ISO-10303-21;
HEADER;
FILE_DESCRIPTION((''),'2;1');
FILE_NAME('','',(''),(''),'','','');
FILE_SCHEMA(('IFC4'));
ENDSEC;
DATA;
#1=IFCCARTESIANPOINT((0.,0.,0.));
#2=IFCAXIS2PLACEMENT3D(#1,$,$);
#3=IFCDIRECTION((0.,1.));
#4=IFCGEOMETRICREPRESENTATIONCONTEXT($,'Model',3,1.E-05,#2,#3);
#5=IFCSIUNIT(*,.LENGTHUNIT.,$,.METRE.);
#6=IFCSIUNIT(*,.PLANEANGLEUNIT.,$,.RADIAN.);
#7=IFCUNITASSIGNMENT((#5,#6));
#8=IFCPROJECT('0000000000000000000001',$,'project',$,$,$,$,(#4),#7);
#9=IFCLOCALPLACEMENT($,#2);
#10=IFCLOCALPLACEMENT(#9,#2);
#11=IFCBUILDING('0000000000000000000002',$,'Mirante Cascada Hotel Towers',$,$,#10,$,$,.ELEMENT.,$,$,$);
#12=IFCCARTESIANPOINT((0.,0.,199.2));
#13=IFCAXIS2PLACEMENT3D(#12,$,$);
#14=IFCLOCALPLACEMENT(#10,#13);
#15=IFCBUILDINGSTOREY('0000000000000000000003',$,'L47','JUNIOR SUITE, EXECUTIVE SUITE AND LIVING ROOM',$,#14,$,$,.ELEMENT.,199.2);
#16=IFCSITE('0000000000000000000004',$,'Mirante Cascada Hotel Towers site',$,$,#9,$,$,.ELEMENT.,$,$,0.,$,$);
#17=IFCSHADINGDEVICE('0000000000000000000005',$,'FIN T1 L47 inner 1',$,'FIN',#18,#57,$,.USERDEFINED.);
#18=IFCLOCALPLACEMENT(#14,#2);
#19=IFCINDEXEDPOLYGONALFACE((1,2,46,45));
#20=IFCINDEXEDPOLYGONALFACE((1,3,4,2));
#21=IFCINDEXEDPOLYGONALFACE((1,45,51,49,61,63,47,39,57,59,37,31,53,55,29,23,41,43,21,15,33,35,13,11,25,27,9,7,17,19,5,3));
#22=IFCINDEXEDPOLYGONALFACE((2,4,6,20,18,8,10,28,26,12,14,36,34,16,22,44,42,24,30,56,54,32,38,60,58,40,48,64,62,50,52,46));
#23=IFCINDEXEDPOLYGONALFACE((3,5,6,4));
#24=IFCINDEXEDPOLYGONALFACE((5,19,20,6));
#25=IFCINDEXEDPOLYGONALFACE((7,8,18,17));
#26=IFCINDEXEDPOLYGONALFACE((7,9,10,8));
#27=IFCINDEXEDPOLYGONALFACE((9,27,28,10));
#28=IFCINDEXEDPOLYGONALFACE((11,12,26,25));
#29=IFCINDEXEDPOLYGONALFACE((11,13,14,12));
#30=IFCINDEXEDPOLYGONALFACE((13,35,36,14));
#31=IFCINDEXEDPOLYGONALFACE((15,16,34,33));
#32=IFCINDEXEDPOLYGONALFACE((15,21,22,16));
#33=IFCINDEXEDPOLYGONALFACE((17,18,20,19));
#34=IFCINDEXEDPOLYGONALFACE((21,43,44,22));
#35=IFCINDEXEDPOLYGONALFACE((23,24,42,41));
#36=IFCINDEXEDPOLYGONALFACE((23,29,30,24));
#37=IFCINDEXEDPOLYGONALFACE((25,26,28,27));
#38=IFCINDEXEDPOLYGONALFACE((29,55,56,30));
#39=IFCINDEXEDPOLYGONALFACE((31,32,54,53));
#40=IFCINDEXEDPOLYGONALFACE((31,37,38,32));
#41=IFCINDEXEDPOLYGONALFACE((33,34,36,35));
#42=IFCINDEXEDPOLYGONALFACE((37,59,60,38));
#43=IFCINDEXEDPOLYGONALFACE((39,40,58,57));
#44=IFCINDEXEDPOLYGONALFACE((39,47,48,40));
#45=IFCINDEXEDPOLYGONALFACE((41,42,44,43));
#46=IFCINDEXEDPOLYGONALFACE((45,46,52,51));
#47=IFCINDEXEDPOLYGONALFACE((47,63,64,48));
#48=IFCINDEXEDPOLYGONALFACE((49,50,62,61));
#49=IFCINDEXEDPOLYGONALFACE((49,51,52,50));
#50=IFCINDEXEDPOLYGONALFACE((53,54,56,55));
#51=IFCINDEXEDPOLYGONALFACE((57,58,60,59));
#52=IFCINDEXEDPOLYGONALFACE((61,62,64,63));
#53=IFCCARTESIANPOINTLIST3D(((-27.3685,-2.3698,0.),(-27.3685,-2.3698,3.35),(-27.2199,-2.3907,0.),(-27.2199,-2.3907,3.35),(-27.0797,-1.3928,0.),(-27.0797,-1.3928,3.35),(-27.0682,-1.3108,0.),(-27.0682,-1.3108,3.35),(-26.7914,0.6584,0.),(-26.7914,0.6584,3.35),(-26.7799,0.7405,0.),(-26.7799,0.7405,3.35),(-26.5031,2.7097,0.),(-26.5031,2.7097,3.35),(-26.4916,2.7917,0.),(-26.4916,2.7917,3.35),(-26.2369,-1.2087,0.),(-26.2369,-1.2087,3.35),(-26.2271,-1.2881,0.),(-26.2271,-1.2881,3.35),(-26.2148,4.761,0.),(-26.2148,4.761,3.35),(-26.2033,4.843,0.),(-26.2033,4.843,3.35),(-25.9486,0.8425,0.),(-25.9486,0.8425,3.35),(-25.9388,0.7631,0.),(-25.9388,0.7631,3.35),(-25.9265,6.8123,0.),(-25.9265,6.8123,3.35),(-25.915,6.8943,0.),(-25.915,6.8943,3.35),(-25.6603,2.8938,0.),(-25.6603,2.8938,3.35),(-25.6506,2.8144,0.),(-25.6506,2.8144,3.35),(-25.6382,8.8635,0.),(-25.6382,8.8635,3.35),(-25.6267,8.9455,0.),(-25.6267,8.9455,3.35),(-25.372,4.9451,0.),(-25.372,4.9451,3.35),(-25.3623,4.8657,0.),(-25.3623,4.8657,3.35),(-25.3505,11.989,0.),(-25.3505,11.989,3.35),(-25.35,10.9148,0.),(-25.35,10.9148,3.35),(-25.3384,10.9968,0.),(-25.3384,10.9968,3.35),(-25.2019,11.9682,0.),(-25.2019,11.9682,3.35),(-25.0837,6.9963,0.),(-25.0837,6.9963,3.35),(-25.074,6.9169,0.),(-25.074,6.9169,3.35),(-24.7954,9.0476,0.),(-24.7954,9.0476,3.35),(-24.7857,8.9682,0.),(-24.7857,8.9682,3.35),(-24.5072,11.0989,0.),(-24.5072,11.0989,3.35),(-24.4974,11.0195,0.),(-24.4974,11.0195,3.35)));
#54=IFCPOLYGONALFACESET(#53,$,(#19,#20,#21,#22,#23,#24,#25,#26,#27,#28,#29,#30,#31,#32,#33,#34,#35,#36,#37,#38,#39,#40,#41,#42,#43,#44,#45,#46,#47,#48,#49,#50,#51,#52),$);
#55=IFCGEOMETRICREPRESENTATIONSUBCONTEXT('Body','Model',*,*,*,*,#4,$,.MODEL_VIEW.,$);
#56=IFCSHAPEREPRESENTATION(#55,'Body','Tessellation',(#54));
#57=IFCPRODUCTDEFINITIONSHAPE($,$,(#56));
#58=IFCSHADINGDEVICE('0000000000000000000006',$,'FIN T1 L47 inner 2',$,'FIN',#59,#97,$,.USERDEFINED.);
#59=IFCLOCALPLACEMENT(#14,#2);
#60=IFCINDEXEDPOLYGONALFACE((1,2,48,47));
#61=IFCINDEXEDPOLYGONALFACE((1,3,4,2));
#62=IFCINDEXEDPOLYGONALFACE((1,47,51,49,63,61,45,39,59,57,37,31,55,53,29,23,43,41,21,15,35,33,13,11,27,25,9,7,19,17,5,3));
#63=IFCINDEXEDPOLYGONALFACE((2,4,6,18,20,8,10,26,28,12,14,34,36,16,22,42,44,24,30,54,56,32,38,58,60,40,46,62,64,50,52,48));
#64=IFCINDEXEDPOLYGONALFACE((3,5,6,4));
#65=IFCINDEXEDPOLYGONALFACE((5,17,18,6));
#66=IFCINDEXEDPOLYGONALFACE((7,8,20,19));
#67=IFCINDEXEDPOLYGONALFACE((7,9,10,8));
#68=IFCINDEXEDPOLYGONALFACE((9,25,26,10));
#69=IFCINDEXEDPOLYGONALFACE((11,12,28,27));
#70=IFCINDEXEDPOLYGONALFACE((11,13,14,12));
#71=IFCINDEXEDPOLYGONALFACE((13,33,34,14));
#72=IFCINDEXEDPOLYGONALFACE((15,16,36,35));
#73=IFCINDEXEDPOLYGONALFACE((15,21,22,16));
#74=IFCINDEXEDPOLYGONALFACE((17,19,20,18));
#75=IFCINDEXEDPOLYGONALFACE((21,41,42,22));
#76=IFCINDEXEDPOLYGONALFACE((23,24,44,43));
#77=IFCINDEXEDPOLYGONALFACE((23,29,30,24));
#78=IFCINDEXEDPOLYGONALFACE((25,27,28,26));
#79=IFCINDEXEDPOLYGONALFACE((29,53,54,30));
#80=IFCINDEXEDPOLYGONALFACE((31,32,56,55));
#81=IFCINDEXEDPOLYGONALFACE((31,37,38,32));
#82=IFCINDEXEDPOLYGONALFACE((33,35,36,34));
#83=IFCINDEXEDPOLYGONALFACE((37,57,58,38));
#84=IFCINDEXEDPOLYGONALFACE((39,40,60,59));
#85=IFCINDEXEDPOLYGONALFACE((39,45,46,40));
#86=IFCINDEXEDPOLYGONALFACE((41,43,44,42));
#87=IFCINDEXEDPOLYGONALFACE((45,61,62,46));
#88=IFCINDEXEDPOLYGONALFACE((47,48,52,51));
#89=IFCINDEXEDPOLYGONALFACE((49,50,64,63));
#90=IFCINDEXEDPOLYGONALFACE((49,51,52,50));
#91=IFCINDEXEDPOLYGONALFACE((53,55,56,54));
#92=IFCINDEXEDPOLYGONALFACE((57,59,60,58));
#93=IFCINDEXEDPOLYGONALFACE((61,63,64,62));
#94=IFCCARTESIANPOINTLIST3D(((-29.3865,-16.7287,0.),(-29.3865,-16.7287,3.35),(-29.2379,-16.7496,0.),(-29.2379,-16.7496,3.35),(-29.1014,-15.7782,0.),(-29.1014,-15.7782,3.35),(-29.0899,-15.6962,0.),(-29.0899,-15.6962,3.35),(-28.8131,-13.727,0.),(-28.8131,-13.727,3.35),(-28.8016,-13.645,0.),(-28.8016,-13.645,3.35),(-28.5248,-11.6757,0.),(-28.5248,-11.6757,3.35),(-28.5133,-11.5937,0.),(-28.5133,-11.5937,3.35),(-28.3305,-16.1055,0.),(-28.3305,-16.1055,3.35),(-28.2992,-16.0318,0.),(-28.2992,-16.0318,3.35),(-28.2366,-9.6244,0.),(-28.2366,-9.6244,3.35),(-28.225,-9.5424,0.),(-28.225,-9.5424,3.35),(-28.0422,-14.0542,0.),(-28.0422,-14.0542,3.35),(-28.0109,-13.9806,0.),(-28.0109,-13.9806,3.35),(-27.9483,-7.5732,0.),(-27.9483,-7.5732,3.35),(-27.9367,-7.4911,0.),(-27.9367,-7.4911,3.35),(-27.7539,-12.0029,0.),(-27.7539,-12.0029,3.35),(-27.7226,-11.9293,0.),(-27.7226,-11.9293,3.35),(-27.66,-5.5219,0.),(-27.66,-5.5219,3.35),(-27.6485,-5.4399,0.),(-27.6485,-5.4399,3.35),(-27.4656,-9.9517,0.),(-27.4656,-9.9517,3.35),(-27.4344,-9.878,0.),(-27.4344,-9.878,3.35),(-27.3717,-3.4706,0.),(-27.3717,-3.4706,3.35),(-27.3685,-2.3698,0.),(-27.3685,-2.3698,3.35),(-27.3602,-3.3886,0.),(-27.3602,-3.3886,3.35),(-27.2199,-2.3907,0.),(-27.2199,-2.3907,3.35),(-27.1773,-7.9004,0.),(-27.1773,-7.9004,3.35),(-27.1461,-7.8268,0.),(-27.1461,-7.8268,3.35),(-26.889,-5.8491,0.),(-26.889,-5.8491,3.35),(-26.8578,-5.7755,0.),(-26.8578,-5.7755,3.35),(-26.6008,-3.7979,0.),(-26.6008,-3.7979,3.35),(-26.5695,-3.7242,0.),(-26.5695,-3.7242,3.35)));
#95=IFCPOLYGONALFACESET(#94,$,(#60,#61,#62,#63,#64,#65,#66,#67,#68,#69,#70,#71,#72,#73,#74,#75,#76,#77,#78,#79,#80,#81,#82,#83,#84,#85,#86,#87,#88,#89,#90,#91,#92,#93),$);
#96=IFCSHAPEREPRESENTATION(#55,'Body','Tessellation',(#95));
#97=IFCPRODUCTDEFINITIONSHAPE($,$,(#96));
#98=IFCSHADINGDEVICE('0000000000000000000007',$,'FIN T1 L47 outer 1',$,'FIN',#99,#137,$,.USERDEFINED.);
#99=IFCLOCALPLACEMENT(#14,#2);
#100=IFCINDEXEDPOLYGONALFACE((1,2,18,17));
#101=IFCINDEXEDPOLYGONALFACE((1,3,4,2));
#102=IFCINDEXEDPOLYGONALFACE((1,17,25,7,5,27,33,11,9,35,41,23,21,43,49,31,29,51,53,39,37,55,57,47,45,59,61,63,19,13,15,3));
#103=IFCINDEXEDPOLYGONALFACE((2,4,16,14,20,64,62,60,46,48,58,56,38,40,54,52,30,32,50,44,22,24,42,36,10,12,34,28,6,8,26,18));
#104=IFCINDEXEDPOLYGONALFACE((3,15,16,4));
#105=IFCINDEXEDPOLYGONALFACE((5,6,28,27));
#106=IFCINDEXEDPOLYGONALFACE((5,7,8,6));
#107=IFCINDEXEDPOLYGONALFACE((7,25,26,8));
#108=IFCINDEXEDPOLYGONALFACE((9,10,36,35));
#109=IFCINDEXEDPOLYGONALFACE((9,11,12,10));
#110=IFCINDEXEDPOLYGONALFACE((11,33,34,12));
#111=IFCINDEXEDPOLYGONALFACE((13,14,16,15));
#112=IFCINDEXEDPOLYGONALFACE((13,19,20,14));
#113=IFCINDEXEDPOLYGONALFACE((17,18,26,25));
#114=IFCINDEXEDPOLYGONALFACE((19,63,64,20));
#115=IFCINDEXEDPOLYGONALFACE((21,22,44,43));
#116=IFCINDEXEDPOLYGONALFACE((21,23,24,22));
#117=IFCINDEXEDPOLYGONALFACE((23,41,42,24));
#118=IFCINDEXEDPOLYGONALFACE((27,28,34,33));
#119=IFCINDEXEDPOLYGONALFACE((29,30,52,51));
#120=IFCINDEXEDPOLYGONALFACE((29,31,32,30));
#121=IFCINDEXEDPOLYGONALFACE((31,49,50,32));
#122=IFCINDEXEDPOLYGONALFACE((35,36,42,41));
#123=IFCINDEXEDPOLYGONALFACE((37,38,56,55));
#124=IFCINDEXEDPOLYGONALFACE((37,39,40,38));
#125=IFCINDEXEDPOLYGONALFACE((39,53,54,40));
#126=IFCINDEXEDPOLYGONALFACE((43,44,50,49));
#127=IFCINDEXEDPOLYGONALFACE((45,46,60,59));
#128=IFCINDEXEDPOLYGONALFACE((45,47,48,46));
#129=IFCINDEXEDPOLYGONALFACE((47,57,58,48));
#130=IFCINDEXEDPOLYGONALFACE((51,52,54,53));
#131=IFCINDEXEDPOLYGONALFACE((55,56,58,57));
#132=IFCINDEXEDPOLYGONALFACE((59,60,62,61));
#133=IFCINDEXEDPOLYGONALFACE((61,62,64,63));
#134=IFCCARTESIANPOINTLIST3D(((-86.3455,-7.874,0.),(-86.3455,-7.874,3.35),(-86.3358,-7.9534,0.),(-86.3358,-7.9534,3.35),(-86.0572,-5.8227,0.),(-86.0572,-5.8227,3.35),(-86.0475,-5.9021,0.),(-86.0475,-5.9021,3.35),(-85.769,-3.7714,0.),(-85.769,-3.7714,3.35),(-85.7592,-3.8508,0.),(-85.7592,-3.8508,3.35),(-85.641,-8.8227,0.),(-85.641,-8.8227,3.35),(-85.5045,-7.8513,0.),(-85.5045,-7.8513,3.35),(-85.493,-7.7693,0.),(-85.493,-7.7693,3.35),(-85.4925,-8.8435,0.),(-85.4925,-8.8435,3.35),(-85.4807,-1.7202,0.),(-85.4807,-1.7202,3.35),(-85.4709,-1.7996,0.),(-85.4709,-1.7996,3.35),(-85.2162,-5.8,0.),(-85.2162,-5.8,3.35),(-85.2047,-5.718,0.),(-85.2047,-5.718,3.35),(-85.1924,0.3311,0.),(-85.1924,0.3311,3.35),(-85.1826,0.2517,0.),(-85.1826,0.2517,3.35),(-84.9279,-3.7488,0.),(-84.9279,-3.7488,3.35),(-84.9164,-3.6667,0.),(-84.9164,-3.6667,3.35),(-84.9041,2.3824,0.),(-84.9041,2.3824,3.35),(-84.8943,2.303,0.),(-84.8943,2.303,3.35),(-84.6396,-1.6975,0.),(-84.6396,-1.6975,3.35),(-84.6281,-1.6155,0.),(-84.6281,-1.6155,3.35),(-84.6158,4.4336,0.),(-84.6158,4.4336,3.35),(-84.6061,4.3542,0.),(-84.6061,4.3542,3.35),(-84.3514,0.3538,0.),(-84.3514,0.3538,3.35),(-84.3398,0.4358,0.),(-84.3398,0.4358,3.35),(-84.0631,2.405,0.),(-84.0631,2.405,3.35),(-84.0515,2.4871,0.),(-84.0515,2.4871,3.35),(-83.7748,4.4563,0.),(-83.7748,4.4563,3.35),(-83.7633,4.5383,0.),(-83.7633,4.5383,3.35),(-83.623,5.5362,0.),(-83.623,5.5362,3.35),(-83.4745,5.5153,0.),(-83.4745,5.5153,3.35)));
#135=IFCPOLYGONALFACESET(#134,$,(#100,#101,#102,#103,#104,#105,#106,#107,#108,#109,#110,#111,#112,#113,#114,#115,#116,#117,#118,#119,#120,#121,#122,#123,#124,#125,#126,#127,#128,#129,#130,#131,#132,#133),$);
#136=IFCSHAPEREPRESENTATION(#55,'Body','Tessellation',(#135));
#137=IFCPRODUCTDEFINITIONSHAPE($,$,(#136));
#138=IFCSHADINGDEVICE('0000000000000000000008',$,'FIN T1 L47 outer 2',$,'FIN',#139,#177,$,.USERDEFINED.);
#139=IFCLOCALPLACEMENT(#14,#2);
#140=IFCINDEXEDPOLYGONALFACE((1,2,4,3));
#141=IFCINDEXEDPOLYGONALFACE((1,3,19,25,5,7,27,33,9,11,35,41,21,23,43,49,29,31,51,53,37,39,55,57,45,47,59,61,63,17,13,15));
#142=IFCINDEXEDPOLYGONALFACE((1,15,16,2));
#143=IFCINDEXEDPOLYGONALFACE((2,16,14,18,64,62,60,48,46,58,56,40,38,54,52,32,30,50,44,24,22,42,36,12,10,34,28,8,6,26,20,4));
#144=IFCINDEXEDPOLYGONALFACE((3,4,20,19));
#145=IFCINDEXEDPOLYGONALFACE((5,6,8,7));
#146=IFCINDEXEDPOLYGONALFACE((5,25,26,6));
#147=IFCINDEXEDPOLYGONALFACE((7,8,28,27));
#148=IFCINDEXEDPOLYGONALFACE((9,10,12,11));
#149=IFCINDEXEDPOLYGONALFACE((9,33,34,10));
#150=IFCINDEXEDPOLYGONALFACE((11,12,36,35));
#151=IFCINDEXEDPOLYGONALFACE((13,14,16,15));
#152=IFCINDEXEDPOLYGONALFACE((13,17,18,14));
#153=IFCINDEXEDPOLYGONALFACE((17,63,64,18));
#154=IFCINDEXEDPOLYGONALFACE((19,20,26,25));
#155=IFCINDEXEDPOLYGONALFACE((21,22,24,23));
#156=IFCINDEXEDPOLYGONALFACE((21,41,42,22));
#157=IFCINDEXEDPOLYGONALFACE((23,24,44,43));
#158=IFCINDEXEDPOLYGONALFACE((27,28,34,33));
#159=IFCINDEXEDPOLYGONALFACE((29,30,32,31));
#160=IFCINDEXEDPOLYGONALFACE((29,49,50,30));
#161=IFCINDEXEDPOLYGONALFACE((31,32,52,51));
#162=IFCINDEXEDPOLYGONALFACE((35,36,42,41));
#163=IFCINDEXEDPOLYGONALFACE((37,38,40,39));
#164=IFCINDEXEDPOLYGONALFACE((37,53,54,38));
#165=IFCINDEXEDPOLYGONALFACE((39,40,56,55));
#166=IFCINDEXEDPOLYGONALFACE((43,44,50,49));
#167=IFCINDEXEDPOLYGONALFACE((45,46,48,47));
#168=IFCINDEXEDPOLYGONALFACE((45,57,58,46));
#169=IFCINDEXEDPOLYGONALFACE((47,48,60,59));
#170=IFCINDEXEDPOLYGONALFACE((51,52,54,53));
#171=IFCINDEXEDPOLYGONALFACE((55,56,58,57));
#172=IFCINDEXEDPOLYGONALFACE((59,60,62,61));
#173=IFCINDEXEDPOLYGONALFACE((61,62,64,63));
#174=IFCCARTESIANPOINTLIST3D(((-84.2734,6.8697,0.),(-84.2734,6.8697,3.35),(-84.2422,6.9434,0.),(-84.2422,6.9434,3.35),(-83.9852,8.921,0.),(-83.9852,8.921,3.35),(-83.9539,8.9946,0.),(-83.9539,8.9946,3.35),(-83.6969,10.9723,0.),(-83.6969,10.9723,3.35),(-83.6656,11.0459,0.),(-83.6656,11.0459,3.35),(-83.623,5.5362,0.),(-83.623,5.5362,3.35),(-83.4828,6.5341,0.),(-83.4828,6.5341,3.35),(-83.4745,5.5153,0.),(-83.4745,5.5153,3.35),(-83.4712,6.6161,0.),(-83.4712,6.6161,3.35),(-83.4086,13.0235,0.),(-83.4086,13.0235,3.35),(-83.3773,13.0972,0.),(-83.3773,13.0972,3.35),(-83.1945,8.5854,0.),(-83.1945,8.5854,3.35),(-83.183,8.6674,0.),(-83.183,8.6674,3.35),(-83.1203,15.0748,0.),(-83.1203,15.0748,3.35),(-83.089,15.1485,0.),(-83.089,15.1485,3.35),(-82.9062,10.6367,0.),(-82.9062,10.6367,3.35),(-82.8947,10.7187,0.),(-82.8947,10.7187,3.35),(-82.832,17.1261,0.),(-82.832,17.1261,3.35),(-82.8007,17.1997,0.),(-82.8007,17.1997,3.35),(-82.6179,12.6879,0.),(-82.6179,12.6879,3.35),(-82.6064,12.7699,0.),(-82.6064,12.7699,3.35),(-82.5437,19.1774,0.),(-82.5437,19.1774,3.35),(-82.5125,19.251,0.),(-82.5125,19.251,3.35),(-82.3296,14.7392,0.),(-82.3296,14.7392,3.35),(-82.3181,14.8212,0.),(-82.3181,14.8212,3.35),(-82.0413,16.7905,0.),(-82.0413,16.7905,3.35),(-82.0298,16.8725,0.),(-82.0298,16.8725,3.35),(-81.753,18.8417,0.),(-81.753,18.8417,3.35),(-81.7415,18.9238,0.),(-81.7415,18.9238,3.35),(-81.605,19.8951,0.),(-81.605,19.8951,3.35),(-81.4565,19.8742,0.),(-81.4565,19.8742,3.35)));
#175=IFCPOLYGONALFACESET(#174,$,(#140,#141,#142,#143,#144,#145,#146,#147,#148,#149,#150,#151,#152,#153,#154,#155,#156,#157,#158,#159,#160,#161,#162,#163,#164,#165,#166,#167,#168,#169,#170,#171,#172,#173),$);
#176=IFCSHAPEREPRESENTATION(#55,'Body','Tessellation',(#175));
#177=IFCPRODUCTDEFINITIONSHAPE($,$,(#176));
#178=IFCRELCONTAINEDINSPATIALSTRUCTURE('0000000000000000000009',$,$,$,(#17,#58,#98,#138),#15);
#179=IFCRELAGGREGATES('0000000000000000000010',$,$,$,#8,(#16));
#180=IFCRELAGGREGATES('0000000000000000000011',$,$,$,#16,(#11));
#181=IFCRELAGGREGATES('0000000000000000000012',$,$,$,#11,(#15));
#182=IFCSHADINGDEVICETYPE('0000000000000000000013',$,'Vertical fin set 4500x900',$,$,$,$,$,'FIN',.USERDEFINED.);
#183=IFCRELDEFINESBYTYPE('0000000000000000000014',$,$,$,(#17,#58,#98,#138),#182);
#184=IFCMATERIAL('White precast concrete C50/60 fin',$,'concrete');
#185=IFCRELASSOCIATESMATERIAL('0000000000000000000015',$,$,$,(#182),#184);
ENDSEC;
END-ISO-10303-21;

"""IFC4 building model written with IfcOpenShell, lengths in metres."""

from ifc_helpers import new_model, si_unit, direction, frame, origin, place, context, subcontext, project, spatial, polyline, outline, extrude, material, type_object, element, save


model = new_model("IFC4")

# Units and contexts
model_context = context("Model", 3, precision=1e-05, world=origin(), true_north=direction((0.0, 1.0)))
body_context = subcontext(model_context, "Body", "Model", "MODEL_VIEW")
ifc_project = project(units=[si_unit("LENGTHUNIT", "METRE"), si_unit("PLANEANGLEUNIT", "RADIAN")], contexts=[model_context])

# Site, building, storey
site_placement = place(None, origin())
site = spatial("IfcSite", under=ifc_project, at=site_placement, Name="Mirante Cascada Hotel Towers site", CompositionType="ELEMENT", RefElevation=0.0)
building_placement = place(site_placement, origin())
building = spatial("IfcBuilding", under=site, at=building_placement, Name="Mirante Cascada Hotel Towers", CompositionType="ELEMENT")
storey_placement = place(building_placement, frame((0.0, 0.0, 199.2)))
storey = spatial("IfcBuildingStorey", under=building, at=storey_placement, Name="L47", Description="JUNIOR SUITE, EXECUTIVE SUITE AND LIVING ROOM", CompositionType="ELEMENT", Elevation=199.2)

# Shading devices
ifc_material_1 = material(Name="White precast concrete C50/60 fin", Category="concrete")
shading_device_type = type_object("IfcShadingDeviceType", Name="Vertical fin set 4500x900", ElementType="FIN", PredefinedType="USERDEFINED", material=ifc_material_1)
shading_device_1_placement = place(storey_placement, origin())
element("IfcShadingDevice", 1, at=shading_device_1_placement, inside=storey, type_object=shading_device_type, Name="FIN T1 L47 inner 1", ObjectType="FIN", PredefinedType="USERDEFINED", context=body_context, shape_type="SweptSolid", body=[
    extrude(outline(polyline([(-27.0797, -1.3928), (-27.2199, -2.3907), (-27.3685, -2.3698), (-25.3505, 11.989), (-25.2019, 11.9682), (-25.3384, 10.9968), (-24.5072, 11.0989), (-24.4974, 11.0195), (-25.35, 10.9148), (-25.6267, 8.9455), (-24.7954, 9.0476), (-24.7857, 8.9682), (-25.6382, 8.8635), (-25.915, 6.8943), (-25.0837, 6.9963), (-25.074, 6.9169), (-25.9265, 6.8123), (-26.2033, 4.843), (-25.372, 4.9451), (-25.3623, 4.8657), (-26.2148, 4.761), (-26.4916, 2.7917), (-25.6603, 2.8938), (-25.6506, 2.8144), (-26.5031, 2.7097), (-26.7799, 0.7405), (-25.9486, 0.8425), (-25.9388, 0.7631), (-26.7914, 0.6584), (-27.0682, -1.3108), (-26.2369, -1.2087), (-26.2271, -1.2881), (-27.0797, -1.3928)])), origin(), (0.0, 0.0, 1.0), 3.35),
])
shading_device_2_placement = place(storey_placement, origin())
element("IfcShadingDevice", 2, at=shading_device_2_placement, inside=storey, type_object=shading_device_type, Name="FIN T1 L47 inner 2", ObjectType="FIN", PredefinedType="USERDEFINED", context=body_context, shape_type="SweptSolid", body=[
    extrude(outline(polyline([(-29.1014, -15.7782), (-29.2379, -16.7496), (-29.3865, -16.7287), (-27.3685, -2.3698), (-27.2199, -2.3907), (-27.3602, -3.3886), (-26.5695, -3.7242), (-26.6008, -3.7979), (-27.3717, -3.4706), (-27.6485, -5.4399), (-26.8578, -5.7755), (-26.889, -5.8491), (-27.66, -5.5219), (-27.9367, -7.4911), (-27.1461, -7.8268), (-27.1773, -7.9004), (-27.9483, -7.5732), (-28.225, -9.5424), (-27.4344, -9.878), (-27.4656, -9.9517), (-28.2366, -9.6244), (-28.5133, -11.5937), (-27.7226, -11.9293), (-27.7539, -12.0029), (-28.5248, -11.6757), (-28.8016, -13.645), (-28.0109, -13.9806), (-28.0422, -14.0542), (-28.8131, -13.727), (-29.0899, -15.6962), (-28.2992, -16.0318), (-28.3305, -16.1055), (-29.1014, -15.7782)])), origin(), (0.0, 0.0, 1.0), 3.35),
])
shading_device_3_placement = place(storey_placement, origin())
element("IfcShadingDevice", 3, at=shading_device_3_placement, inside=storey, type_object=shading_device_type, Name="FIN T1 L47 outer 1", ObjectType="FIN", PredefinedType="USERDEFINED", context=body_context, shape_type="SweptSolid", body=[
    extrude(outline(polyline([(-85.493, -7.7693), (-85.2162, -5.8), (-86.0475, -5.9021), (-86.0572, -5.8227), (-85.2047, -5.718), (-84.9279, -3.7488), (-85.7592, -3.8508), (-85.769, -3.7714), (-84.9164, -3.6667), (-84.6396, -1.6975), (-85.4709, -1.7996), (-85.4807, -1.7202), (-84.6281, -1.6155), (-84.3514, 0.3538), (-85.1826, 0.2517), (-85.1924, 0.3311), (-84.3398, 0.4358), (-84.0631, 2.405), (-84.8943, 2.303), (-84.9041, 2.3824), (-84.0515, 2.4871), (-83.7748, 4.4563), (-84.6061, 4.3542), (-84.6158, 4.4336), (-83.7633, 4.5383), (-83.623, 5.5362), (-83.4745, 5.5153), (-85.4925, -8.8435), (-85.641, -8.8227), (-85.5045, -7.8513), (-86.3358, -7.9534), (-86.3455, -7.874), (-85.493, -7.7693)])), origin(), (0.0, 0.0, 1.0), 3.35),
])
shading_device_4_placement = place(storey_placement, origin())
element("IfcShadingDevice", 4, at=shading_device_4_placement, inside=storey, type_object=shading_device_type, Name="FIN T1 L47 outer 2", ObjectType="FIN", PredefinedType="USERDEFINED", context=body_context, shape_type="SweptSolid", body=[
    extrude(outline(polyline([(-83.4712, 6.6161), (-83.1945, 8.5854), (-83.9852, 8.921), (-83.9539, 8.9946), (-83.183, 8.6674), (-82.9062, 10.6367), (-83.6969, 10.9723), (-83.6656, 11.0459), (-82.8947, 10.7187), (-82.6179, 12.6879), (-83.4086, 13.0235), (-83.3773, 13.0972), (-82.6064, 12.7699), (-82.3296, 14.7392), (-83.1203, 15.0748), (-83.089, 15.1485), (-82.3181, 14.8212), (-82.0413, 16.7905), (-82.832, 17.1261), (-82.8007, 17.1997), (-82.0298, 16.8725), (-81.753, 18.8417), (-82.5437, 19.1774), (-82.5125, 19.251), (-81.7415, 18.9238), (-81.605, 19.8951), (-81.4565, 19.8742), (-83.4745, 5.5153), (-83.623, 5.5362), (-83.4828, 6.5341), (-84.2734, 6.8697), (-84.2422, 6.9434), (-83.4712, 6.6161)])), origin(), (0.0, 0.0, 1.0), 3.35),
])

save(model, "model.ifc")
